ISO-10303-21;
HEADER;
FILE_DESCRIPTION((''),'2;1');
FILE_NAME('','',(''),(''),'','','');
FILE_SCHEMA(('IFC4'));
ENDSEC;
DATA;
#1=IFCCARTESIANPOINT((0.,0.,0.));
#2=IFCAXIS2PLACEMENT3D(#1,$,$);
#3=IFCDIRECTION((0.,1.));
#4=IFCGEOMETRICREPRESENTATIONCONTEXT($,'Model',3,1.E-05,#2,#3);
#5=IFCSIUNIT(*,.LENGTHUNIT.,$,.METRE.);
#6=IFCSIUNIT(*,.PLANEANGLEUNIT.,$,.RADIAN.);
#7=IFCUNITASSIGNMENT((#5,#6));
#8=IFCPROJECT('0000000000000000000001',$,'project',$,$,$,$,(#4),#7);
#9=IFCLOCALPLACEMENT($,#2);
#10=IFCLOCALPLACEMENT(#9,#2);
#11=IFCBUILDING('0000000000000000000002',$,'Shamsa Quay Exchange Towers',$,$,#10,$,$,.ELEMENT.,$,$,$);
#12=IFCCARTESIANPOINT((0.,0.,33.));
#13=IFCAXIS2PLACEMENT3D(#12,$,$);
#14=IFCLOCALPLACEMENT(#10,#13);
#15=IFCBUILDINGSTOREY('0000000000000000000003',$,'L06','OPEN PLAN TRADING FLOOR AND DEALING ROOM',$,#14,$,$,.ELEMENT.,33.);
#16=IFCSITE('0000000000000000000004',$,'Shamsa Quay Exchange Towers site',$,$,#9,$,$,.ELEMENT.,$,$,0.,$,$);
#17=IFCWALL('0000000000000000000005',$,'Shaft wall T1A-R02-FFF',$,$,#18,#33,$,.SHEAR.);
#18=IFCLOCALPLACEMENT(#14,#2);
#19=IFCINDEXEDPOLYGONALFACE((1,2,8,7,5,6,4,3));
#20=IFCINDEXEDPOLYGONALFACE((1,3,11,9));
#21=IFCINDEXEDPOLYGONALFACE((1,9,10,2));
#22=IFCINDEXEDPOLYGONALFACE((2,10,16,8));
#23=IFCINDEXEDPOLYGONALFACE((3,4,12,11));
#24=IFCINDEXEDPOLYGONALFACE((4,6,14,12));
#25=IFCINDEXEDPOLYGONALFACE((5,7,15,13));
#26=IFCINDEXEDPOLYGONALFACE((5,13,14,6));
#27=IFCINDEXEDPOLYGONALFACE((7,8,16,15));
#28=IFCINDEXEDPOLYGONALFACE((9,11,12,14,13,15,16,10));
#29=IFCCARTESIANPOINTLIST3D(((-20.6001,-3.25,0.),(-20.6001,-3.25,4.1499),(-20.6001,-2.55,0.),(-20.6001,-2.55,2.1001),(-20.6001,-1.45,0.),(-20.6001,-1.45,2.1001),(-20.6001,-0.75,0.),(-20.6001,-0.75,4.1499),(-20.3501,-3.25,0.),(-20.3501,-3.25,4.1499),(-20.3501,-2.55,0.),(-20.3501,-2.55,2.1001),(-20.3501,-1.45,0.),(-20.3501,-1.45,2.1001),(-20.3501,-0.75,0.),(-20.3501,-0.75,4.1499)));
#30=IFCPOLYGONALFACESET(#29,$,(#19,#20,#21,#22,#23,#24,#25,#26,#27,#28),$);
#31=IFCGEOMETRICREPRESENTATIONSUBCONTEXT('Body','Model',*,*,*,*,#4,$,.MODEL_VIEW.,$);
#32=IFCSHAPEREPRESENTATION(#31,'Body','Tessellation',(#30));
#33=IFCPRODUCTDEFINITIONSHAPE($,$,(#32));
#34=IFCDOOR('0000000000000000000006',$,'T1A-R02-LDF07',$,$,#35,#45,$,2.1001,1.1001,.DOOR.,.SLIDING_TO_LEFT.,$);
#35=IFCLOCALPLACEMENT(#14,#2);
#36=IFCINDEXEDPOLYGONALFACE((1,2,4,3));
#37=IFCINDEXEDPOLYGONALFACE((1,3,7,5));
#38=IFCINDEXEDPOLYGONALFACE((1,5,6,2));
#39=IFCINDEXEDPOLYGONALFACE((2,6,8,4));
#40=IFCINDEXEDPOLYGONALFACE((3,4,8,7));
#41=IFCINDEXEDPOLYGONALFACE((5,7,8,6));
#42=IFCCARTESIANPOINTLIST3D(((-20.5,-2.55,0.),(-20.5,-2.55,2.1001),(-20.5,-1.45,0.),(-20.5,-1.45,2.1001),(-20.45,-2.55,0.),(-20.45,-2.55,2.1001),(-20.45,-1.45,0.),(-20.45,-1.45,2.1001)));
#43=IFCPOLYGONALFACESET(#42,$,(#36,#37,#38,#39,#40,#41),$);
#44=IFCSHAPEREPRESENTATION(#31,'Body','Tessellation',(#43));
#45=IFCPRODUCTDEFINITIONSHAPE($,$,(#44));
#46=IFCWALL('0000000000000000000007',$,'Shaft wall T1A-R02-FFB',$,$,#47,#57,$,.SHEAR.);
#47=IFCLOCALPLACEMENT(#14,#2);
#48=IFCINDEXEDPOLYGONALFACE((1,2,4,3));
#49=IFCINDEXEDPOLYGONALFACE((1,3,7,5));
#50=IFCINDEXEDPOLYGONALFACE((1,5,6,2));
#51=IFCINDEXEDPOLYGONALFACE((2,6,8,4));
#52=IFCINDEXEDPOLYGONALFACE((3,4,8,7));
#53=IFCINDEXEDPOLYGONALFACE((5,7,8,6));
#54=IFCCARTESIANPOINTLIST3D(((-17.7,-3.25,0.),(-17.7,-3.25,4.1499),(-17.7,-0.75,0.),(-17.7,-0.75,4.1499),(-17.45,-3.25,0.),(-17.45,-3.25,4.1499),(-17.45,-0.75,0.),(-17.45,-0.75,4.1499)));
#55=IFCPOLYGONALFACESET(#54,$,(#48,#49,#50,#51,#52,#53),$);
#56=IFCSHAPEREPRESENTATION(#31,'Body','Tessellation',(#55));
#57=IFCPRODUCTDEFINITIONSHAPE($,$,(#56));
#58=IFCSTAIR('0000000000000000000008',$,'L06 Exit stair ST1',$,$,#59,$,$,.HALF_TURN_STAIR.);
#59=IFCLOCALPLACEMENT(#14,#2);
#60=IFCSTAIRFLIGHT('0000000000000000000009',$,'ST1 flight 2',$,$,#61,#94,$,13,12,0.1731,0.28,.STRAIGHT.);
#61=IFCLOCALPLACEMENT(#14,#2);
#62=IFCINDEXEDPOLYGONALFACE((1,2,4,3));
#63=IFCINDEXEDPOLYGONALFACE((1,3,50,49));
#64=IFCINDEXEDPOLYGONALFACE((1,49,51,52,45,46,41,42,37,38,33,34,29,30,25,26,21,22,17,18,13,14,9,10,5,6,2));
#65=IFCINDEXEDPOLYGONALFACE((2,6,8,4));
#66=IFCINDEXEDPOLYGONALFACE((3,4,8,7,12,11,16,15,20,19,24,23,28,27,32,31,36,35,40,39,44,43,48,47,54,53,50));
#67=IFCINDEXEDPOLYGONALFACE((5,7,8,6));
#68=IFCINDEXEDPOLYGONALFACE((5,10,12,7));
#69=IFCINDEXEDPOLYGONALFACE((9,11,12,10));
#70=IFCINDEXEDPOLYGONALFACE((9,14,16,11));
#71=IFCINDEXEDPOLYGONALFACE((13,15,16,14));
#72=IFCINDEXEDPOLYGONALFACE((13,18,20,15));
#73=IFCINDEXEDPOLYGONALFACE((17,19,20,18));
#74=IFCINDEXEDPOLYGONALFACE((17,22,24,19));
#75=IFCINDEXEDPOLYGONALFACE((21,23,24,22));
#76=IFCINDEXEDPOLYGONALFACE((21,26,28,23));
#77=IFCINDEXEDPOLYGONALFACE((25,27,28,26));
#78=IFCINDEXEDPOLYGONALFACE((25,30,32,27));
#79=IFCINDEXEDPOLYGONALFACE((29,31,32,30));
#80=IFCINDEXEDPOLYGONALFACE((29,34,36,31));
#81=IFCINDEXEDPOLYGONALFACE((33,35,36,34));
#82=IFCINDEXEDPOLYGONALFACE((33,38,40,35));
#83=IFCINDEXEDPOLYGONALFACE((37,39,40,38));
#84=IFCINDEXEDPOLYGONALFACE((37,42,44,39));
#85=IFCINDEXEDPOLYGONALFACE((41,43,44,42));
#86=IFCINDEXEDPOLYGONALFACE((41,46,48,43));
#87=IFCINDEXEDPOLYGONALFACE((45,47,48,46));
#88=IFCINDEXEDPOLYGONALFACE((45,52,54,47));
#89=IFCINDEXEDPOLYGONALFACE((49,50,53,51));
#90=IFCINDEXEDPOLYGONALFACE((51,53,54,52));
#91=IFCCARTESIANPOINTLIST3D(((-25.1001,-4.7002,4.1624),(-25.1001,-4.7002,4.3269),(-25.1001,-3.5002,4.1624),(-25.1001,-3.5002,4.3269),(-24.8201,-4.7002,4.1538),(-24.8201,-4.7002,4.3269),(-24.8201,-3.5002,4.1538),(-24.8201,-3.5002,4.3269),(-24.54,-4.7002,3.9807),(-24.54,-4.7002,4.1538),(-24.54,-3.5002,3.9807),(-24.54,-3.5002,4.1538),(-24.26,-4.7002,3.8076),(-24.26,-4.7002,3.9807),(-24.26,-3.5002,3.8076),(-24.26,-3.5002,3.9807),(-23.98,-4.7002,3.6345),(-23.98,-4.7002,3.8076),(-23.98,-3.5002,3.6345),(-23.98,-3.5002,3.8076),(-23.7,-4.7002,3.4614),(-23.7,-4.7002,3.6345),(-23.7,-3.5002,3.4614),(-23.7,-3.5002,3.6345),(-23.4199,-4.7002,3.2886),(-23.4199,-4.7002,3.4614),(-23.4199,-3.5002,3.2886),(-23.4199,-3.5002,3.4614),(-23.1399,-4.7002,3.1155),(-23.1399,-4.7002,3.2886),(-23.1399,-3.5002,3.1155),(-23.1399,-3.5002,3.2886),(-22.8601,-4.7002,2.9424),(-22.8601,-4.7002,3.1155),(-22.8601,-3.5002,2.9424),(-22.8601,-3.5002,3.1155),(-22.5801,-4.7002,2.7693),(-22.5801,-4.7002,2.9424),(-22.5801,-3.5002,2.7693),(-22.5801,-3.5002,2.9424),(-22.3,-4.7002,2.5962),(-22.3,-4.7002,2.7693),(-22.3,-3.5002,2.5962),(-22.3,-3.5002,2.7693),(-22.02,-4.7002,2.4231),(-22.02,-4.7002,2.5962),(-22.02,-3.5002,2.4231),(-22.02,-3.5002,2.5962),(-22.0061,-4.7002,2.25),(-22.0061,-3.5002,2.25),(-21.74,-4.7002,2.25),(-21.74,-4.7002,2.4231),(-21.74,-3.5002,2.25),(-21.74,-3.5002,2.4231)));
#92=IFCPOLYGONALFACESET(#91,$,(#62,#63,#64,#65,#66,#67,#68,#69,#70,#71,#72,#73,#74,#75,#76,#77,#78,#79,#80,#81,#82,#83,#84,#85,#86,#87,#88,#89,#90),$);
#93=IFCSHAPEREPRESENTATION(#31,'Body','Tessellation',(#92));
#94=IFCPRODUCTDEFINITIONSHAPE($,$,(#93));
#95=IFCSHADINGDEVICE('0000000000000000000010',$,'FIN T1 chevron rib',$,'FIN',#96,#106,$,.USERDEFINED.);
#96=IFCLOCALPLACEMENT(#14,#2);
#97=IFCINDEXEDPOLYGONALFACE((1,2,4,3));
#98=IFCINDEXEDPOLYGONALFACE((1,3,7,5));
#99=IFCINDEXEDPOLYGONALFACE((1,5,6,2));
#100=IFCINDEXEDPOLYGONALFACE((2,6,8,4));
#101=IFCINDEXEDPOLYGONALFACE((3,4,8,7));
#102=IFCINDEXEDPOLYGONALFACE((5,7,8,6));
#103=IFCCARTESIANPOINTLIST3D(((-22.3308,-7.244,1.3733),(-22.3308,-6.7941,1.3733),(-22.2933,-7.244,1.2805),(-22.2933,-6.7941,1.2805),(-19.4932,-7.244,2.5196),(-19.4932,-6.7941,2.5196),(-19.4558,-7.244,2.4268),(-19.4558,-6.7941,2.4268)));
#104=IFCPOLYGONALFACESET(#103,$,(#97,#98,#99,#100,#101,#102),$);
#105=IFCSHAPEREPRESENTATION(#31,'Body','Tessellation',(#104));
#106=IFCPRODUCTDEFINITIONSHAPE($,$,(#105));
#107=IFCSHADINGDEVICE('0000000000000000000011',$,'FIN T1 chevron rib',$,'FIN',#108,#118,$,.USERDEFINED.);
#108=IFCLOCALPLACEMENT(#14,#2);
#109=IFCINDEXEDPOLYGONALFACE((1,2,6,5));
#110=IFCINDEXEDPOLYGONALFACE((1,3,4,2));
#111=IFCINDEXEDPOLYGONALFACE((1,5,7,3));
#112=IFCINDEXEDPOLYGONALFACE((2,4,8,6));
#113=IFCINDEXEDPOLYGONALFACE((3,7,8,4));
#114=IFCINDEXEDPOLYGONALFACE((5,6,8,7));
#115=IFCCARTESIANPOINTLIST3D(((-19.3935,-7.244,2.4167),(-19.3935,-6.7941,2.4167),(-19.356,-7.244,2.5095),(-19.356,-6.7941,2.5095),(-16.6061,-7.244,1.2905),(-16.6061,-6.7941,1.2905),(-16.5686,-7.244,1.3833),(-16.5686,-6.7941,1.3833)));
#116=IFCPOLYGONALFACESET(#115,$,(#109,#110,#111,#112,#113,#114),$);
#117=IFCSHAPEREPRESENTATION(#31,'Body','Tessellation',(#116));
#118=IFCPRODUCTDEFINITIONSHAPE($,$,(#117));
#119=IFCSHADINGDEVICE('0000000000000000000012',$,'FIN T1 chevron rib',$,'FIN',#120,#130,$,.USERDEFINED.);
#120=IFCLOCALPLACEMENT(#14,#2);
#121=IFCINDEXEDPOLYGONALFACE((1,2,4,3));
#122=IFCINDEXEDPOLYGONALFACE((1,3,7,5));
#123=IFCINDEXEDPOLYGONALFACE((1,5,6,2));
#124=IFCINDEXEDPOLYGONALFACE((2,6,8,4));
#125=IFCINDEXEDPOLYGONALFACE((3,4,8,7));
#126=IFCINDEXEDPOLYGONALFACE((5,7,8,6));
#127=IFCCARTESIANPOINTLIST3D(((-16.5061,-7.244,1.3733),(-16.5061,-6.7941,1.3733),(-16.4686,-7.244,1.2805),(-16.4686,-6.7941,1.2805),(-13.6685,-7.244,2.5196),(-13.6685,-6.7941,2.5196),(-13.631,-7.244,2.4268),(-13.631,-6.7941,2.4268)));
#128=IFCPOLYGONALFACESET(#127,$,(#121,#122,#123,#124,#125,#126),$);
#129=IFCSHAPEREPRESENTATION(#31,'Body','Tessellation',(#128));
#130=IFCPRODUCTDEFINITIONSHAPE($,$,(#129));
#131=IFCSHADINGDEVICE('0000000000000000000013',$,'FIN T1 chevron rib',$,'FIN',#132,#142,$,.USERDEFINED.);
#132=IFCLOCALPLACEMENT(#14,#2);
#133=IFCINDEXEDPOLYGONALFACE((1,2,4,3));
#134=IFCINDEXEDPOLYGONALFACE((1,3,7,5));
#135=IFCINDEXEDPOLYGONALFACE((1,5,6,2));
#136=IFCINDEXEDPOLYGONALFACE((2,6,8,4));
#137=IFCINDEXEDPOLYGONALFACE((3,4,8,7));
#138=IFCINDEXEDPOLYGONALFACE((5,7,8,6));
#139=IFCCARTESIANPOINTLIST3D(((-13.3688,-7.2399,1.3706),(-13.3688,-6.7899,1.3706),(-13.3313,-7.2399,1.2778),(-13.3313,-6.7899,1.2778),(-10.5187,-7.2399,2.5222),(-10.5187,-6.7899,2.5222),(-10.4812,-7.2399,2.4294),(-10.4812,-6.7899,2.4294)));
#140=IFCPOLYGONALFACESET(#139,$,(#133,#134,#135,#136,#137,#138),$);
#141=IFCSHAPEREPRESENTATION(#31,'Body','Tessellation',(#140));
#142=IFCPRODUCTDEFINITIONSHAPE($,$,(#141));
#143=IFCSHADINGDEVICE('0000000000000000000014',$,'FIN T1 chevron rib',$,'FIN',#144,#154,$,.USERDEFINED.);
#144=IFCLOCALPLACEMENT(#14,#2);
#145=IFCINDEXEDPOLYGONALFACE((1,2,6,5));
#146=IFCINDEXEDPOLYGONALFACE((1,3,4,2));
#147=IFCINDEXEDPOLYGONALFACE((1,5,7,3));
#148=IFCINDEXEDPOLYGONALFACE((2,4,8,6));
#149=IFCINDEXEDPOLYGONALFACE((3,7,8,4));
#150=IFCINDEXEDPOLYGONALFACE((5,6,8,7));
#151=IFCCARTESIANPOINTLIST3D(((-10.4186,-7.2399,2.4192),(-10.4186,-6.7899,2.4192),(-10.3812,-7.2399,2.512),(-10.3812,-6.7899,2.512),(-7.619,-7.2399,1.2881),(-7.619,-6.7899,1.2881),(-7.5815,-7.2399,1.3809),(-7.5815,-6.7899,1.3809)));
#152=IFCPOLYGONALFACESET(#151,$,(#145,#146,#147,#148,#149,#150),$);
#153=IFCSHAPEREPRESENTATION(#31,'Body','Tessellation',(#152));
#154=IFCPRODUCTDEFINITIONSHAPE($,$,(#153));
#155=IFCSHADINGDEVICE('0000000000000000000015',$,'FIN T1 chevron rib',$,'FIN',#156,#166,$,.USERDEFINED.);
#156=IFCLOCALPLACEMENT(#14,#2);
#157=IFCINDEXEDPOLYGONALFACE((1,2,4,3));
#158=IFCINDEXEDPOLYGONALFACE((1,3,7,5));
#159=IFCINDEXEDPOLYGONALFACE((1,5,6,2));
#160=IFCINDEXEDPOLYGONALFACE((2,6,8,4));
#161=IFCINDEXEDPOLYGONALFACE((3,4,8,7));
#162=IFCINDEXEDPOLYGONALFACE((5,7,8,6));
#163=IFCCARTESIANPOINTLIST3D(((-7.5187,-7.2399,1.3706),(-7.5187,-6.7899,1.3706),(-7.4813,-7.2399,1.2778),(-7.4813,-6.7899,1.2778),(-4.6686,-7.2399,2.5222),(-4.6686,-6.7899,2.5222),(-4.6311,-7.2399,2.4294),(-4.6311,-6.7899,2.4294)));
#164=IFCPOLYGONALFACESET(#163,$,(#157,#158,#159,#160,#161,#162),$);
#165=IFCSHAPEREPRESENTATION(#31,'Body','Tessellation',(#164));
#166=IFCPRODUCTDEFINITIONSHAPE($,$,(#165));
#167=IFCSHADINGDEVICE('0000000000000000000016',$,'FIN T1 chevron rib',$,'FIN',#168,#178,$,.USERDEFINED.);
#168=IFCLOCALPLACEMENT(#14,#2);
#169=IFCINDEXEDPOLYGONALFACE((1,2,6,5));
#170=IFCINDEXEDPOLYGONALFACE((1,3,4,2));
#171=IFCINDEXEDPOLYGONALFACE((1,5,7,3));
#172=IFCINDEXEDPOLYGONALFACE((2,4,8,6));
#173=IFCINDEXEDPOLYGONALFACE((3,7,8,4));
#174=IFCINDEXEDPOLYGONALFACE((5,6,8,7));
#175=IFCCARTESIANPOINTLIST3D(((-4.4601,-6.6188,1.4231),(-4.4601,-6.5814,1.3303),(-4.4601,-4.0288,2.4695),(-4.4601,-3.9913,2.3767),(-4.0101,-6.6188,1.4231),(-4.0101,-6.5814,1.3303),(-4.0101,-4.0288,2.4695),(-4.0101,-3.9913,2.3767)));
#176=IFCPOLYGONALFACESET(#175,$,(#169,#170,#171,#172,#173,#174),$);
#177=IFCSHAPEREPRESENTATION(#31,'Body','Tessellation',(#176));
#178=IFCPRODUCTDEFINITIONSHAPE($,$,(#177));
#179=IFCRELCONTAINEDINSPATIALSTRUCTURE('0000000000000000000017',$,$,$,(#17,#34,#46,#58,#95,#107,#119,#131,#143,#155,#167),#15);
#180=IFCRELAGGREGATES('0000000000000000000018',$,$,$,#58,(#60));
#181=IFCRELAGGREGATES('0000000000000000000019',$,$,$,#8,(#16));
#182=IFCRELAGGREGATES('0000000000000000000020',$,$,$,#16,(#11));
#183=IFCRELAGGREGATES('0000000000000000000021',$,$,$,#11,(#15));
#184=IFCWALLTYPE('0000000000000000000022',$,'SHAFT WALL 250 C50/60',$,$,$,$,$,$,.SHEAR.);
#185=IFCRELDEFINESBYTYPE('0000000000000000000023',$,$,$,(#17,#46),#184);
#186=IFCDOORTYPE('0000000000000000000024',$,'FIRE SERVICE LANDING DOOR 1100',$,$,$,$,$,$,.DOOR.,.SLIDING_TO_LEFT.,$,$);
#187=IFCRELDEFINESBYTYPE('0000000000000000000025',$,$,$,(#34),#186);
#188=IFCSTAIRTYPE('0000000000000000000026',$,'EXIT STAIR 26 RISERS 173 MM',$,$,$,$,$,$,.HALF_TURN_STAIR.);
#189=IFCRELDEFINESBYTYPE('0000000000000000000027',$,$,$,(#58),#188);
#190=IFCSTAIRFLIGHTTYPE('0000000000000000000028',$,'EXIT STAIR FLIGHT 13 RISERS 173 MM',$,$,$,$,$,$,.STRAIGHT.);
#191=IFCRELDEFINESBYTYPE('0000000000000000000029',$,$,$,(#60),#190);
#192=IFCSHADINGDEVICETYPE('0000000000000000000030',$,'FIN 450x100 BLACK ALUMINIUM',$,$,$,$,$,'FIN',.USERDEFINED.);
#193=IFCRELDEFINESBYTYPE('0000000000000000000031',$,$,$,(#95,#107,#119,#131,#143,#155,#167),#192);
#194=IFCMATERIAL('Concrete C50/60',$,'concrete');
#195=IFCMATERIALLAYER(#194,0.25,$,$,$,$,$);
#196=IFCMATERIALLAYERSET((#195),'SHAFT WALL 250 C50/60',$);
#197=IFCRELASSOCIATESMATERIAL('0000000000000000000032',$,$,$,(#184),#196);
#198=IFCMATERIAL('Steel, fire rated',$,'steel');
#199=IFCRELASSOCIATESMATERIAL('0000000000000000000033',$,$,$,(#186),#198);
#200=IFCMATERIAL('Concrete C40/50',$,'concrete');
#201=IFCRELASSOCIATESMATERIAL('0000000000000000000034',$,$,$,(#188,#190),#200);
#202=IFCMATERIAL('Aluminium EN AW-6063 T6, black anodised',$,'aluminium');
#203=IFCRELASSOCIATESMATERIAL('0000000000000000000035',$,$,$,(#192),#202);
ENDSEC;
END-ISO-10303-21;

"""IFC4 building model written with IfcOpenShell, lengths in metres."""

from ifc_helpers import new_model, si_unit, direction, frame, frame_2d, origin, origin_2d, place, context, subcontext, project, spatial, polyline, rectangle, outline, extrude, material, layer, layer_set, material_profile, profile_set, type_object, element, fill, aggregate, save


model = new_model("IFC4")

# Units and contexts
model_context = context("Model", 3, precision=1e-05, world=origin(), true_north=direction((0.0, 1.0)))
body_context = subcontext(model_context, "Body", "Model", "MODEL_VIEW")
ifc_project = project(units=[si_unit("LENGTHUNIT", "METRE"), si_unit("PLANEANGLEUNIT", "RADIAN")], contexts=[model_context])

# Site, building, storey
site_placement = place(None, origin())
site = spatial("IfcSite", under=ifc_project, at=site_placement, Name="Shamsa Quay Exchange Towers site", CompositionType="ELEMENT", RefElevation=0.0)
building_placement = place(site_placement, origin())
building = spatial("IfcBuilding", under=site, at=building_placement, Name="Shamsa Quay Exchange Towers", CompositionType="ELEMENT")
storey_placement = place(building_placement, frame((0.0, 0.0, 33.0)))
storey = spatial("IfcBuildingStorey", under=building, at=storey_placement, Name="L06", Description="OPEN PLAN TRADING FLOOR AND DEALING ROOM", CompositionType="ELEMENT", Elevation=33.0)

# Shared definitions
ifc_material_1 = material(Name="Aluminium EN AW-6063 T6, black anodised", Category="aluminium")

# Shared definitions
ifc_material_2 = material(Name="Concrete C40/50", Category="concrete")

# Shared definitions
ifc_material_3 = material(Name="Concrete C50/60", Category="concrete")
ifc_layer_1 = layer(ifc_material_3, 0.25)
ifc_layer_set_1 = layer_set([ifc_layer_1], Name="SHAFT WALL 250 C50/60")
wall_type = type_object("IfcWallType", Name="SHAFT WALL 250 C50/60", PredefinedType="SHEAR", material=ifc_layer_set_1)
ifc_material_4 = material(Name="Steel, fire rated", Category="steel")

# Wall, opening, door
wall_1_placement = place(storey_placement, frame((-20.4751, -3.25, 0.0), z_axis=(0.0, 0.0, 1.0), x_axis=(0.0, 1.0, 0.0)))
wall_1 = element("IfcWall", 1, at=wall_1_placement, inside=storey, type_object=wall_type, Name="Shaft wall T1A-R02-FFF", PredefinedType="SHEAR", context=body_context, shape_type="SweptSolid", body=[
    extrude(rectangle(XDim=2.5, YDim=0.25, at=frame_2d((1.25, 0.0))), origin(), (0.0, 0.0, 1.0), 4.1499),
])
opening_1_placement = place(wall_1_placement, frame((0.7, 0.0, 0.0)))
opening_1 = element("IfcOpeningElement", 2, at=opening_1_placement, cuts=wall_1, PredefinedType="OPENING", context=body_context, shape_type="SweptSolid", body=[
    extrude(rectangle(XDim=1.1001, YDim=2.1001, at=frame_2d((0.55, 1.05))), frame((0.0, 0.135, 0.0), z_axis=(0.0, -1.0, 0.0), x_axis=(1.0, 0.0, 0.0)), (0.0, 0.0, 1.0), 0.27),
])
door_type_1 = type_object("IfcDoorType", Name="FIRE SERVICE LANDING DOOR 1100", OperationType="SLIDING_TO_LEFT", PredefinedType="DOOR", material=ifc_material_4)
door_1_placement = place(opening_1_placement, origin())
door_1 = element("IfcDoor", 3, at=door_1_placement, inside=storey, type_object=door_type_1, Name="T1A-R02-LDF07", OperationType="SLIDING_TO_LEFT", OverallHeight=2.1001, OverallWidth=1.1001, PredefinedType="DOOR", context=body_context, shape_type="SweptSolid", body=[
    extrude(rectangle(XDim=1.1001, YDim=2.1001, at=frame_2d((0.55, 1.05))), frame((0.0, 0.0249, 0.0), z_axis=(0.0, -1.0, 0.0), x_axis=(1.0, 0.0, 0.0)), (0.0, 0.0, 1.0), 0.05),
])
fill(opening_1, door_1)

# Wall
wall_2_placement = place(storey_placement, frame((-17.575, -3.25, 0.0), z_axis=(0.0, 0.0, 1.0), x_axis=(0.0, 1.0, 0.0)))
element("IfcWall", 4, at=wall_2_placement, inside=storey, type_object=wall_type, Name="Shaft wall T1A-R02-FFB", PredefinedType="SHEAR", context=body_context, shape_type="SweptSolid", body=[
    extrude(rectangle(XDim=2.5, YDim=0.25, at=frame_2d((1.25, 0.0))), origin(), (0.0, 0.0, 1.0), 4.1499),
])

# Stair, stair flight
stair_type = type_object("IfcStairType", Name="EXIT STAIR 26 RISERS 173 MM", PredefinedType="HALF_TURN_STAIR", material=ifc_material_2)
stair_placement = place(storey_placement, origin())
stair = element("IfcStair", 5, at=stair_placement, inside=storey, type_object=stair_type, Name="L06 Exit stair ST1", PredefinedType="HALF_TURN_STAIR")
stair_flight_type = type_object("IfcStairFlightType", Name="EXIT STAIR FLIGHT 13 RISERS 173 MM", PredefinedType="STRAIGHT", material=ifc_material_2)
stair_flight_placement = place(storey_placement, frame((-21.74, -4.1001, 2.25), z_axis=(0.0, 0.0, 1.0), x_axis=(-1.0, 0.0, 0.0)))
stair_flight = element("IfcStairFlight", 6, at=stair_flight_placement, type_object=stair_flight_type, Name="ST1 flight 2", NumberOfRisers=13, NumberOfTreads=12, PredefinedType="STRAIGHT", RiserHeight=0.1731, TreadLength=0.28, context=body_context, shape_type="SweptSolid", body=[
    extrude(outline(polyline([(0.0, 0.0), (0.0, 0.1731), (0.28, 0.1731), (0.28, 0.3462), (0.5601, 0.3462), (0.5601, 0.5193), (0.8401, 0.5193), (0.8401, 0.6924), (1.1201, 0.6924), (1.1201, 0.8655), (1.3999, 0.8655), (1.3999, 1.0386), (1.6799, 1.0386), (1.6799, 1.2114), (1.96, 1.2114), (1.96, 1.3845), (2.24, 1.3845), (2.24, 1.5576), (2.52, 1.5576), (2.52, 1.7307), (2.8, 1.7307), (2.8, 1.9038), (3.0801, 1.9038), (3.0801, 2.0769), (3.3601, 2.0769), (3.3601, 2.25), (3.3601, 1.9124), (0.2661, 0.0), (0.0, 0.0)])), frame((0.0, 0.6001, 0.0), z_axis=(0.0, -1.0, 0.0), x_axis=(1.0, 0.0, 0.0)), (0.0, 0.0, 1.0), 1.2),
])
aggregate(stair, [stair_flight])

# Shading devices
ifc_material_profile_1 = material_profile(ifc_material_1, rectangle(XDim=0.45, YDim=0.1001, at=origin_2d()), Name="FIN450x100")
ifc_profile_set_1 = profile_set([ifc_material_profile_1], Name="Aluminium EN AW-6063 T6, black anodised")
shading_device_type = type_object("IfcShadingDeviceType", Name="FIN 450x100 BLACK ALUMINIUM", ElementType="FIN", PredefinedType="USERDEFINED", material=ifc_profile_set_1)
shading_device_1_placement = place(storey_placement, frame((-22.312, -7.019, 1.3269), z_axis=(0.9272, 0.0, 0.374566), x_axis=(0.0, 1.0, 0.0)))
element("IfcShadingDevice", 7, at=shading_device_1_placement, inside=storey, type_object=shading_device_type, Name="FIN T1 chevron rib", ObjectType="FIN", PredefinedType="USERDEFINED", context=body_context, shape_type="SweptSolid", body=[
    extrude(rectangle(XDim=0.45, YDim=0.1001, at=origin_2d()), origin(), (0.0, 0.0, 1.0), 3.0603),
])
shading_device_2_placement = place(storey_placement, frame((-19.3748, -7.019, 2.4631), z_axis=(0.927177, 0.0, -0.374623), x_axis=(0.0, 1.0, 0.0)))
element("IfcShadingDevice", 8, at=shading_device_2_placement, inside=storey, type_object=shading_device_type, Name="FIN T1 chevron rib", ObjectType="FIN", PredefinedType="USERDEFINED", context=body_context, shape_type="SweptSolid", body=[
    extrude(rectangle(XDim=0.45, YDim=0.1001, at=origin_2d()), origin(), (0.0, 0.0, 1.0), 3.0063),
])
shading_device_3_placement = place(storey_placement, frame((-16.4873, -7.019, 1.3269), z_axis=(0.9272, 0.0, 0.374566), x_axis=(0.0, 1.0, 0.0)))
element("IfcShadingDevice", 9, at=shading_device_3_placement, inside=storey, type_object=shading_device_type, Name="FIN T1 chevron rib", ObjectType="FIN", PredefinedType="USERDEFINED", context=body_context, shape_type="SweptSolid", body=[
    extrude(rectangle(XDim=0.45, YDim=0.1001, at=origin_2d()), origin(), (0.0, 0.0, 1.0), 3.0603),
])
shading_device_4_placement = place(storey_placement, frame((-13.3501, -7.0149, 1.3242), z_axis=(0.927173, 0.0, 0.374634), x_axis=(0.0, 1.0, 0.0)))
element("IfcShadingDevice", 10, at=shading_device_4_placement, inside=storey, type_object=shading_device_type, Name="FIN T1 chevron rib", ObjectType="FIN", PredefinedType="USERDEFINED", context=body_context, shape_type="SweptSolid", body=[
    extrude(rectangle(XDim=0.45, YDim=0.1001, at=origin_2d()), origin(), (0.0, 0.0, 1.0), 3.074),
])
shading_device_5_placement = place(storey_placement, frame((-10.3999, -7.0149, 2.4656), z_axis=(0.927194, 0.0, -0.374581), x_axis=(0.0, 1.0, 0.0)))
element("IfcShadingDevice", 11, at=shading_device_5_placement, inside=storey, type_object=shading_device_type, Name="FIN T1 chevron rib", ObjectType="FIN", PredefinedType="USERDEFINED", context=body_context, shape_type="SweptSolid", body=[
    extrude(rectangle(XDim=0.45, YDim=0.1001, at=origin_2d()), origin(), (0.0, 0.0, 1.0), 3.0195),
])
shading_device_6_placement = place(storey_placement, frame((-7.5, -7.0149, 1.3242), z_axis=(0.927173, 0.0, 0.374634), x_axis=(0.0, 1.0, 0.0)))
element("IfcShadingDevice", 12, at=shading_device_6_placement, inside=storey, type_object=shading_device_type, Name="FIN T1 chevron rib", ObjectType="FIN", PredefinedType="USERDEFINED", context=body_context, shape_type="SweptSolid", body=[
    extrude(rectangle(XDim=0.45, YDim=0.1001, at=origin_2d()), origin(), (0.0, 0.0, 1.0), 3.074),
])
shading_device_7_placement = place(storey_placement, frame((-4.2351, -6.6001, 1.3767), z_axis=(0.0, 0.927193, 0.374583), x_axis=(-1.0, 0.0, 0.0)))
element("IfcShadingDevice", 13, at=shading_device_7_placement, inside=storey, type_object=shading_device_type, Name="FIN T1 chevron rib", ObjectType="FIN", PredefinedType="USERDEFINED", context=body_context, shape_type="SweptSolid", body=[
    extrude(rectangle(XDim=0.45, YDim=0.1001, at=origin_2d()), origin(), (0.0, 0.0, 1.0), 2.7935),
])

save(model, "model.ifc")
